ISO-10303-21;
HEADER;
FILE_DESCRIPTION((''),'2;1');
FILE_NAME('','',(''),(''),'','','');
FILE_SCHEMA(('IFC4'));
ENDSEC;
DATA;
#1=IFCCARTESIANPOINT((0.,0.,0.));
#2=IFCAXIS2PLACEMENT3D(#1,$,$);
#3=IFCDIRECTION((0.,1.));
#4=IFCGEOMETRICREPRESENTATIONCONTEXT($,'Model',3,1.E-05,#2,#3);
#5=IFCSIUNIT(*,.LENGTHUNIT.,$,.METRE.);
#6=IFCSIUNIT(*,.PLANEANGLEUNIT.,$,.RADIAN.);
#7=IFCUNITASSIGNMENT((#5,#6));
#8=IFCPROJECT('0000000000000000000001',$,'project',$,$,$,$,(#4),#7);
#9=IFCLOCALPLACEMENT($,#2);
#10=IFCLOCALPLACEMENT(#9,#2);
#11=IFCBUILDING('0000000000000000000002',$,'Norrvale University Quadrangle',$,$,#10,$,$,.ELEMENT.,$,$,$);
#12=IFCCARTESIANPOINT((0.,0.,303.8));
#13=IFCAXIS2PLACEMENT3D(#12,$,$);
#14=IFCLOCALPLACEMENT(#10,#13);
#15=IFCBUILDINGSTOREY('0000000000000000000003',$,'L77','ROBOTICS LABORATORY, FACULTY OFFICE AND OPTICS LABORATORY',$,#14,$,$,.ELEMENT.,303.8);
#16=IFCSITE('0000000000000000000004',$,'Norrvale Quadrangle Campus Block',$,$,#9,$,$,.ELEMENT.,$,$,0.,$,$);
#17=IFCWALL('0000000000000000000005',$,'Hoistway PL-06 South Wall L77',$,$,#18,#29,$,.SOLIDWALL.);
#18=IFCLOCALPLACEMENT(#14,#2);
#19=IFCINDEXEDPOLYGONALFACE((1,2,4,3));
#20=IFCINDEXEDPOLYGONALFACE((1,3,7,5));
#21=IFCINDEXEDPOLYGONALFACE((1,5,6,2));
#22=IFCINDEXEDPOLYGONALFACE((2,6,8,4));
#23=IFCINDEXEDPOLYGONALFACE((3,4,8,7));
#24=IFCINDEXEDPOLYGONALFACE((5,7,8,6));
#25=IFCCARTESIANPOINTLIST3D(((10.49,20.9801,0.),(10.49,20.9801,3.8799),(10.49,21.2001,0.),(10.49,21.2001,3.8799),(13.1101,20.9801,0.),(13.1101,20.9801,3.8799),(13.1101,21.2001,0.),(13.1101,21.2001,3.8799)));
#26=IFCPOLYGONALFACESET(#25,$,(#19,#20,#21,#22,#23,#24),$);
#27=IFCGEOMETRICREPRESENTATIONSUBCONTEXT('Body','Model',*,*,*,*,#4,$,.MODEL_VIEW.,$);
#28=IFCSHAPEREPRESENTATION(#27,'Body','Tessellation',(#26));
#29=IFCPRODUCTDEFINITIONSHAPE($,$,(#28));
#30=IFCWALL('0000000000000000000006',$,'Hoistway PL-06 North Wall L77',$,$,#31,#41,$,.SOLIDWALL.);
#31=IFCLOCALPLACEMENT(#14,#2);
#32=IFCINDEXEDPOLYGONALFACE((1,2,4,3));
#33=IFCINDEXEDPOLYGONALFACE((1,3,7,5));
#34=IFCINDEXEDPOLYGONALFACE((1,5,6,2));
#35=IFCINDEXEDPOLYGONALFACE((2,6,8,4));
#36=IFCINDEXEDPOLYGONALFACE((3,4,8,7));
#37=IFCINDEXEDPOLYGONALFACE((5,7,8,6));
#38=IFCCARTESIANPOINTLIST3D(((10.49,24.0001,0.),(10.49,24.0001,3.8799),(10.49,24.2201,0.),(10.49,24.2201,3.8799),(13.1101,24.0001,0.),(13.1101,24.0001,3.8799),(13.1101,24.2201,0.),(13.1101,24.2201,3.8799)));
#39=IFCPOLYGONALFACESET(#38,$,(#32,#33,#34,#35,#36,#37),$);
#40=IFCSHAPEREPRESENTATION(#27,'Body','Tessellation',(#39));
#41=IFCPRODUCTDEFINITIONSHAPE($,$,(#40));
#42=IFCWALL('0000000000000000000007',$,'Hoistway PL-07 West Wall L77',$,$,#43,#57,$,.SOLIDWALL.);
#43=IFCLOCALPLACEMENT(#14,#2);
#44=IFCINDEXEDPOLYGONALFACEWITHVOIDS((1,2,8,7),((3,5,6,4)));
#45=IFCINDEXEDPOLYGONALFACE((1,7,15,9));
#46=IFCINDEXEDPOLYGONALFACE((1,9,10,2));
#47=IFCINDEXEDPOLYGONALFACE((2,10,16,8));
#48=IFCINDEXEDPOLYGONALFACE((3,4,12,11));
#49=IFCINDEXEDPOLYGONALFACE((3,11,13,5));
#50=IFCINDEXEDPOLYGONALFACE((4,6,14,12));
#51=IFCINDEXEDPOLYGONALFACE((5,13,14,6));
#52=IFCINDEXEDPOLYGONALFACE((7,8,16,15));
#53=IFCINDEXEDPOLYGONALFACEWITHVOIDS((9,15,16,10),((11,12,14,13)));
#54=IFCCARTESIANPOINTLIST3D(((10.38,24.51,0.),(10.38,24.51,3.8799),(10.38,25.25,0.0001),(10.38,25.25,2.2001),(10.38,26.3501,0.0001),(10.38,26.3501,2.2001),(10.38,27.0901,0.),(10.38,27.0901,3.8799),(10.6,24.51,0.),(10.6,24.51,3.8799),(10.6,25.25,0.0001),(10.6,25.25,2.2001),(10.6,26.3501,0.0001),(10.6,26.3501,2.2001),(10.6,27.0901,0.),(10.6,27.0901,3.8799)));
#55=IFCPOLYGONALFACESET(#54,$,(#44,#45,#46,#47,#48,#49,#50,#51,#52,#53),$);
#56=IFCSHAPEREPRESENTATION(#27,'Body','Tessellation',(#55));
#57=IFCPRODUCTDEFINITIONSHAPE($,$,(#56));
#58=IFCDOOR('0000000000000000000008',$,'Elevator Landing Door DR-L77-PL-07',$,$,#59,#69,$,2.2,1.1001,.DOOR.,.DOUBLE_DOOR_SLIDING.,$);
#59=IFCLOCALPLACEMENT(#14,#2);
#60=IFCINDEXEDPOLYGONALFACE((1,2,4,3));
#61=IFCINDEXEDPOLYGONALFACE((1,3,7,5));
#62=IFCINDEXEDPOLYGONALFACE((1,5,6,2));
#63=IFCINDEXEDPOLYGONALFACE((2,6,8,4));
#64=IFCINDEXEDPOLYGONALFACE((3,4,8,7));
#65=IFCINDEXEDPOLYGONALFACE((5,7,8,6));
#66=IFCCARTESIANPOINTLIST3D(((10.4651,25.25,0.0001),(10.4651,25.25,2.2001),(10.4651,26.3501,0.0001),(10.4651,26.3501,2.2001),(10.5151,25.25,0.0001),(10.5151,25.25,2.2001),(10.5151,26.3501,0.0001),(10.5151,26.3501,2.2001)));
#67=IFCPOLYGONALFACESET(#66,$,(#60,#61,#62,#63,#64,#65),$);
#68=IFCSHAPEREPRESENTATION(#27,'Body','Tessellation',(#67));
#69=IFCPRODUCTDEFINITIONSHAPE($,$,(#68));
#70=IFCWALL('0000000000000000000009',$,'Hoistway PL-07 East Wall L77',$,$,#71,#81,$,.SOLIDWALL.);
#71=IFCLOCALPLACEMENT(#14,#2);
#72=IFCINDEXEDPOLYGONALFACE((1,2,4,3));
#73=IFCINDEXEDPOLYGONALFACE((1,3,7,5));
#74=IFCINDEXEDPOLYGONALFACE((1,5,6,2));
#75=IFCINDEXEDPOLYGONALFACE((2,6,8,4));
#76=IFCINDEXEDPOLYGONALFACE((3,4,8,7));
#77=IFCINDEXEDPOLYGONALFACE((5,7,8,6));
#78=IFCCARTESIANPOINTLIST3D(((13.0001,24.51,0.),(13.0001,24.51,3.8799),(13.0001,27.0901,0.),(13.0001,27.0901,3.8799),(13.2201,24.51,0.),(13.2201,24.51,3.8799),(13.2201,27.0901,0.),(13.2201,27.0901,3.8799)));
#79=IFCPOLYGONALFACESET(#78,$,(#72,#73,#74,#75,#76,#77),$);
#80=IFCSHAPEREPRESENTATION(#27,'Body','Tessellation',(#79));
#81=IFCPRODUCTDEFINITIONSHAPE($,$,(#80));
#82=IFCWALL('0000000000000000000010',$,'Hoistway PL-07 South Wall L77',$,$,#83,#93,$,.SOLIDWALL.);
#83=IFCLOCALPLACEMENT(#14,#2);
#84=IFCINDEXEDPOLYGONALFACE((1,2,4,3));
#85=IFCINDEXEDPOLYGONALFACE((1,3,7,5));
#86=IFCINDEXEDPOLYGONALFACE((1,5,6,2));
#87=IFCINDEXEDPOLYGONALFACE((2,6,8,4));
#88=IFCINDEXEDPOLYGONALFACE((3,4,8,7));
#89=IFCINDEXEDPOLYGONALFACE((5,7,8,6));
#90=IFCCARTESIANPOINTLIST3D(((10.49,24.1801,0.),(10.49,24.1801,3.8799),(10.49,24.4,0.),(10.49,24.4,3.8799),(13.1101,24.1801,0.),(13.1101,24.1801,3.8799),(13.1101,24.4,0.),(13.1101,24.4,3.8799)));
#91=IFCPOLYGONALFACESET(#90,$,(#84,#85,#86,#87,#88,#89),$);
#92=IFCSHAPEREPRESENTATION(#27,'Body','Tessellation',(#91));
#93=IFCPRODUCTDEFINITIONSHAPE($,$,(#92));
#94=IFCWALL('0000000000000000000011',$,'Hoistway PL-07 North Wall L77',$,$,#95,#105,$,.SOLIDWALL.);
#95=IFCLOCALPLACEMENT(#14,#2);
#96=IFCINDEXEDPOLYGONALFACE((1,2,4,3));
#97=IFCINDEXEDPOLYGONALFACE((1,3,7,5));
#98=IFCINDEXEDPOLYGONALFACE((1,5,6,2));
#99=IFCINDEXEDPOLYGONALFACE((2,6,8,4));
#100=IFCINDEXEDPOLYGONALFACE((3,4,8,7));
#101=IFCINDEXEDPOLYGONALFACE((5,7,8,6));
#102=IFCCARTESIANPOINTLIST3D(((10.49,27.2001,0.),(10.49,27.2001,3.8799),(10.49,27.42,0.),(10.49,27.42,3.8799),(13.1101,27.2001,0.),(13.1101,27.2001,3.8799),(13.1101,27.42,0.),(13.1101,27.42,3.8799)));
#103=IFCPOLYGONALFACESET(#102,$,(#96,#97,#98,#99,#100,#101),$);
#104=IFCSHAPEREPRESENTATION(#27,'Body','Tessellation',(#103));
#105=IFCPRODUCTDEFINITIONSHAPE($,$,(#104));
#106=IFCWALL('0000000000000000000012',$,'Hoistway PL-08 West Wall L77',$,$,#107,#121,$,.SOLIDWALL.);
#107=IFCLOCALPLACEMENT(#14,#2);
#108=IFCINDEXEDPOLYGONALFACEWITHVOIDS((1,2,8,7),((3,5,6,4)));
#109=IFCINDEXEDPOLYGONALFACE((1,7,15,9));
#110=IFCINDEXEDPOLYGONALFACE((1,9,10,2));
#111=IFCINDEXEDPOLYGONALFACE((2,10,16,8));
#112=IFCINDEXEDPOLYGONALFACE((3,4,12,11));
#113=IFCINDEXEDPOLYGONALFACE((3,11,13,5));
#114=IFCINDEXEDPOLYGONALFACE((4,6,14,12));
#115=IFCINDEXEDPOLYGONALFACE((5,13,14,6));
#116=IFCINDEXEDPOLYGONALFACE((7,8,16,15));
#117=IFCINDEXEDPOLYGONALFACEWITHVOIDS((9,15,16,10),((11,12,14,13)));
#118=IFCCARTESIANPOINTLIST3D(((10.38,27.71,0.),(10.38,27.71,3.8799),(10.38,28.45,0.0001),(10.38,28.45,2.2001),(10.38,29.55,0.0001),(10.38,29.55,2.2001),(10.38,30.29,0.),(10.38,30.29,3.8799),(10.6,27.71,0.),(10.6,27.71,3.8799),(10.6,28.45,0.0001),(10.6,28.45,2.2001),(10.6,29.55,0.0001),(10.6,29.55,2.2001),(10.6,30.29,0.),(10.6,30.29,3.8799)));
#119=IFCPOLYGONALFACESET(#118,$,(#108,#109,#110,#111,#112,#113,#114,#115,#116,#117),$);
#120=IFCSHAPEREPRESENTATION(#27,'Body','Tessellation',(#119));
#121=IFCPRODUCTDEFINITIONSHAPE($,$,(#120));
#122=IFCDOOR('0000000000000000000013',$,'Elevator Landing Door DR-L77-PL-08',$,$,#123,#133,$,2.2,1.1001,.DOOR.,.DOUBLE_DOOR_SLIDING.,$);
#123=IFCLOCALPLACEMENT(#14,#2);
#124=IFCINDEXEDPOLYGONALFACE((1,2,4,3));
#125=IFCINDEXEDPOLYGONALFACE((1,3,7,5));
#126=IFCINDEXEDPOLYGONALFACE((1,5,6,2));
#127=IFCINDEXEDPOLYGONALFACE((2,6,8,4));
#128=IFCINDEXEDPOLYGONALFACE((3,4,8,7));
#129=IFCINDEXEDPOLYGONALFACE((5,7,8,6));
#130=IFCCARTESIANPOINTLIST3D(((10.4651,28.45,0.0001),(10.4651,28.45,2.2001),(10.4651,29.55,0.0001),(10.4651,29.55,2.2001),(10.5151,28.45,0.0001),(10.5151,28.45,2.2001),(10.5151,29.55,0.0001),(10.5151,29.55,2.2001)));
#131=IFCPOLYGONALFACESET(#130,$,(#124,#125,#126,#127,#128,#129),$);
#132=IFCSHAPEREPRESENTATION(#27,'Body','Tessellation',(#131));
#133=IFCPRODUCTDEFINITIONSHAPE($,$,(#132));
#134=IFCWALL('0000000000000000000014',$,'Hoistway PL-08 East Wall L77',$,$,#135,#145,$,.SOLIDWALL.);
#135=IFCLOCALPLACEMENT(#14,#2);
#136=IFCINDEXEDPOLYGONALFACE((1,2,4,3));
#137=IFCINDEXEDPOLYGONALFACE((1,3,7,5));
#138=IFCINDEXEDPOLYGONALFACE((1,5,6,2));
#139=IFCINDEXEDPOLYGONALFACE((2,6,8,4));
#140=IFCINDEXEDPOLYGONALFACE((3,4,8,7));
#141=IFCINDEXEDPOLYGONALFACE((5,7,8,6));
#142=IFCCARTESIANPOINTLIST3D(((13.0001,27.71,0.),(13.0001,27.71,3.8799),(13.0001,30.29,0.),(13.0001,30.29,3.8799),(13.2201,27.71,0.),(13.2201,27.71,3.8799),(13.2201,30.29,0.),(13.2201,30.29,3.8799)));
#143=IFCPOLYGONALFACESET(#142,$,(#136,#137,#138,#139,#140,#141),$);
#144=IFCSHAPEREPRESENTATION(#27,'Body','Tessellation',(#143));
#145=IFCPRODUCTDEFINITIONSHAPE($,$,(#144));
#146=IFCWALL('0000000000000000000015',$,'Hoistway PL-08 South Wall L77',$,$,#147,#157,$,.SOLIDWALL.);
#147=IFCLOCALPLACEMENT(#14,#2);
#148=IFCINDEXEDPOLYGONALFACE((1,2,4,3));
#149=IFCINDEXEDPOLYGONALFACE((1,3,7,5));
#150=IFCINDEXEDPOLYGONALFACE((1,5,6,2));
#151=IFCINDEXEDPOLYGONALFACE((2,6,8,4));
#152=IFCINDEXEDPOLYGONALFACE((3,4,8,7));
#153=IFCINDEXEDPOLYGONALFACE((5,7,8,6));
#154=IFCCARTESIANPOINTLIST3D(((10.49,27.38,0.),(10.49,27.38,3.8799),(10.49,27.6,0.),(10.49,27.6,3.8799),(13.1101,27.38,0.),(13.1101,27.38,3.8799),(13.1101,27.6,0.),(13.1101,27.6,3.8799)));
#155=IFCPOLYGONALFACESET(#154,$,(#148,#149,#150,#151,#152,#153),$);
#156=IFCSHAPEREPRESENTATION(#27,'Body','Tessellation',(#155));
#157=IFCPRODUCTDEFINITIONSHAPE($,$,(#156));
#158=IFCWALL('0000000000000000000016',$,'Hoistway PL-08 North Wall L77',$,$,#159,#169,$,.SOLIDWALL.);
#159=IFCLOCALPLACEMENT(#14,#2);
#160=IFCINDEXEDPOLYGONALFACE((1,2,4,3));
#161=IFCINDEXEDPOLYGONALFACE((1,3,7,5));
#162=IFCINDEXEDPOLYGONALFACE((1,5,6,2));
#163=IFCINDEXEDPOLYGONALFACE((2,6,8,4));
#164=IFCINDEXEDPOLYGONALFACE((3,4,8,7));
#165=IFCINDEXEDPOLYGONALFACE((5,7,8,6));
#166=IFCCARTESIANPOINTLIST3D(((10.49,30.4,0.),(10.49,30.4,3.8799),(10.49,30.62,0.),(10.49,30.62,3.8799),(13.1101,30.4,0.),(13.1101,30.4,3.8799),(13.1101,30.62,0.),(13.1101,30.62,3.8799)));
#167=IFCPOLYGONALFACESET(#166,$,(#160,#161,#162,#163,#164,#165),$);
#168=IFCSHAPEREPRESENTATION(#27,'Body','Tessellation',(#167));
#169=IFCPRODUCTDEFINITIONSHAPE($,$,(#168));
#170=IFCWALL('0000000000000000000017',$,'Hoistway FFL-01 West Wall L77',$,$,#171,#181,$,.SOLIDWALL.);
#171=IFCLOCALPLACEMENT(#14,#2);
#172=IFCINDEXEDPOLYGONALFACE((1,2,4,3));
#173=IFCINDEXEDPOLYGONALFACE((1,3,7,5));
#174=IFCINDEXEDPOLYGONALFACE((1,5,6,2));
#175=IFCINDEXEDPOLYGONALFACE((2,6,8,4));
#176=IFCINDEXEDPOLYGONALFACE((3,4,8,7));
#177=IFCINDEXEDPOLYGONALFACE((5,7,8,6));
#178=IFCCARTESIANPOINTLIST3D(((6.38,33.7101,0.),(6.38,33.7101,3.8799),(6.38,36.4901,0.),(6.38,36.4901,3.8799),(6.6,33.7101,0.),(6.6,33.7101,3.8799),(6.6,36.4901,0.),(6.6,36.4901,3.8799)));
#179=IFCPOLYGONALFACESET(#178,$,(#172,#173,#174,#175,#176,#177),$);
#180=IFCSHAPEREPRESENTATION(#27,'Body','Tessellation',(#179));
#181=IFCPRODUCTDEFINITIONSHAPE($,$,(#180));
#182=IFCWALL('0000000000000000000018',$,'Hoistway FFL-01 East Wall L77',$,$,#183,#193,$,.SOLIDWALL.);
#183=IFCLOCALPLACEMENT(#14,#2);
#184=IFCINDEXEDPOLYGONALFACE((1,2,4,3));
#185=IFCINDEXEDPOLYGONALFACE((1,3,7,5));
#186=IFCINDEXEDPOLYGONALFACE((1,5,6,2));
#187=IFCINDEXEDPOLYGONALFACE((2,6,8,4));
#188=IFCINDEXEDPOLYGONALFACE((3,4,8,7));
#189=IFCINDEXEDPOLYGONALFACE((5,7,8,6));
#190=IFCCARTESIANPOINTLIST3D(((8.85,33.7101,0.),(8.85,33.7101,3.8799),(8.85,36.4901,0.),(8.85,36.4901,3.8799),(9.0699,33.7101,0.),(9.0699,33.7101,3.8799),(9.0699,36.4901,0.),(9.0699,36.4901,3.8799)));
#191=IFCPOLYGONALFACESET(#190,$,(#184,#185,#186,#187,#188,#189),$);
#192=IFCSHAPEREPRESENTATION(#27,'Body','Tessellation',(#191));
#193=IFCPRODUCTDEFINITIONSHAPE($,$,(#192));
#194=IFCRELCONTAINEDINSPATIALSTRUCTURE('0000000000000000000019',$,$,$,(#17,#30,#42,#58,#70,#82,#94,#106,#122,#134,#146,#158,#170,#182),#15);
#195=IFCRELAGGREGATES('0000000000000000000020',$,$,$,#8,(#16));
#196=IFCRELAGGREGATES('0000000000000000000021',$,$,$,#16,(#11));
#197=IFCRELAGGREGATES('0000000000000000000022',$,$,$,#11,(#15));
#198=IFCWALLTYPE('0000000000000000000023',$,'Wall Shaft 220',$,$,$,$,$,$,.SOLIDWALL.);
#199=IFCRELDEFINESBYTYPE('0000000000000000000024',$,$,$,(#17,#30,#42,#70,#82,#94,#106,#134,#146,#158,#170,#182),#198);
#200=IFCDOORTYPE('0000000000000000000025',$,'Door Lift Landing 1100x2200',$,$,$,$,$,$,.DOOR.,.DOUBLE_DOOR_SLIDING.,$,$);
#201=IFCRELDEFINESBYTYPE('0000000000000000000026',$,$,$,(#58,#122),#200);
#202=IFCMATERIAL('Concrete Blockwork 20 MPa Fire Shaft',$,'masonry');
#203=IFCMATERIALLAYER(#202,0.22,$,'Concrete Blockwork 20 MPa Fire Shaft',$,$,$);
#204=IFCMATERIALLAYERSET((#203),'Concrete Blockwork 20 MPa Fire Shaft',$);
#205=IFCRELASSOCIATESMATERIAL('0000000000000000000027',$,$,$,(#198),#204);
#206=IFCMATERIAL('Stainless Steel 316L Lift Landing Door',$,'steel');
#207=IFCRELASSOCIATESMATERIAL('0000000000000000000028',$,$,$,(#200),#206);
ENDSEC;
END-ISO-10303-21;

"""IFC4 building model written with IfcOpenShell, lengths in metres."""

from ifc_helpers import new_model, si_unit, direction, frame, frame_2d, origin, place, context, subcontext, project, spatial, rectangle, extrude, material, layer, layer_set, type_object, element, fill, save


model = new_model("IFC4")

# Units and contexts
model_context = context("Model", 3, precision=1e-05, world=origin(), true_north=direction((0.0, 1.0)))
body_context = subcontext(model_context, "Body", "Model", "MODEL_VIEW")
ifc_project = project(units=[si_unit("LENGTHUNIT", "METRE"), si_unit("PLANEANGLEUNIT", "RADIAN")], contexts=[model_context])

# Site, building, storey
site_placement = place(None, origin())
site = spatial("IfcSite", under=ifc_project, at=site_placement, Name="Norrvale Quadrangle Campus Block", CompositionType="ELEMENT", RefElevation=0.0)
building_placement = place(site_placement, origin())
building = spatial("IfcBuilding", under=site, at=building_placement, Name="Norrvale University Quadrangle", CompositionType="ELEMENT")
storey_placement = place(building_placement, frame((0.0, 0.0, 303.8)))
storey = spatial("IfcBuildingStorey", under=building, at=storey_placement, Name="L77", Description="ROBOTICS LABORATORY, FACULTY OFFICE AND OPTICS LABORATORY", CompositionType="ELEMENT", Elevation=303.8)

# Shared definitions
ifc_material_1 = material(Name="Concrete Blockwork 20 MPa Fire Shaft", Category="masonry")
ifc_layer_1 = layer(ifc_material_1, 0.22, Name="Concrete Blockwork 20 MPa Fire Shaft")
ifc_layer_set_1 = layer_set([ifc_layer_1], Name="Concrete Blockwork 20 MPa Fire Shaft")
wall_type_1 = type_object("IfcWallType", Name="Wall Shaft 220", PredefinedType="SOLIDWALL", material=ifc_layer_set_1)

# Shared definitions
ifc_material_2 = material(Name="Stainless Steel 316L Lift Landing Door", Category="steel")
door_type_1 = type_object("IfcDoorType", Name="Door Lift Landing 1100x2200", OperationType="DOUBLE_DOOR_SLIDING", PredefinedType="DOOR", material=ifc_material_2)

# Walls
for number, where, z_axis, x_axis, name in (
    (1, (10.49, 21.0901, 0.0), (0.0, 0.0, 1.0), (1.0, 0.0, 0.0), "Hoistway PL-06 South Wall L77"),
    (2, (10.49, 24.1101, 0.0), (0.0, 0.0, 1.0), (1.0, 0.0, 0.0), "Hoistway PL-06 North Wall L77"),
):
    element("IfcWall", number, at=place(storey_placement, frame(where, z_axis=z_axis, x_axis=x_axis)), inside=storey, type_object=wall_type_1, Name=name, PredefinedType="SOLIDWALL", context=body_context, shape_type="SweptSolid", body=[
        extrude(rectangle(XDim=2.6201, YDim=0.22, at=frame_2d((1.3101, 0.0))), origin(), (0.0, 0.0, 1.0), 3.8799),
    ])

# Wall, opening, door
wall_1_placement = place(storey_placement, frame((10.49, 24.51, 0.0), z_axis=(0.0, 0.0, 1.0), x_axis=(0.0, 1.0, 0.0)))
wall_1 = element("IfcWall", 3, at=wall_1_placement, inside=storey, type_object=wall_type_1, Name="Hoistway PL-07 West Wall L77", PredefinedType="SOLIDWALL", context=body_context, shape_type="SweptSolid", body=[
    extrude(rectangle(XDim=2.5801, YDim=0.22, at=frame_2d((1.29, 0.0))), origin(), (0.0, 0.0, 1.0), 3.8799),
])
opening_1_placement = place(wall_1_placement, frame((0.74, 0.0, 0.0)))
opening_1 = element("IfcOpeningElement", 4, at=opening_1_placement, cuts=wall_1, PredefinedType="OPENING", context=body_context, shape_type="SweptSolid", body=[
    extrude(rectangle(XDim=1.1001, YDim=2.2, at=frame_2d((0.55, 1.1001))), frame((0.0, 0.1221, 0.0), z_axis=(0.0, -1.0, 0.0), x_axis=(1.0, 0.0, 0.0)), (0.0, 0.0, 1.0), 0.2439),
])
door_1_placement = place(opening_1_placement, origin())
door_1 = element("IfcDoor", 5, at=door_1_placement, inside=storey, type_object=door_type_1, Name="Elevator Landing Door DR-L77-PL-07", OperationType="DOUBLE_DOOR_SLIDING", OverallHeight=2.2, OverallWidth=1.1001, PredefinedType="DOOR", context=body_context, shape_type="SweptSolid", body=[
    extrude(rectangle(XDim=1.1001, YDim=2.2, at=frame_2d((0.55, 1.1001))), frame((0.0, 0.0249, 0.0), z_axis=(0.0, -1.0, 0.0), x_axis=(1.0, 0.0, 0.0)), (0.0, 0.0, 1.0), 0.05),
])
fill(opening_1, door_1)

# Walls
wall_2_placement = place(storey_placement, frame((13.1101, 24.51, 0.0), z_axis=(0.0, 0.0, 1.0), x_axis=(0.0, 1.0, 0.0)))
element("IfcWall", 6, at=wall_2_placement, inside=storey, type_object=wall_type_1, Name="Hoistway PL-07 East Wall L77", PredefinedType="SOLIDWALL", context=body_context, shape_type="SweptSolid", body=[
    extrude(rectangle(XDim=2.5801, YDim=0.22, at=frame_2d((1.29, 0.0))), origin(), (0.0, 0.0, 1.0), 3.8799),
])
for number, where, z_axis, x_axis, name in (
    (7, (10.49, 24.29, 0.0), (0.0, 0.0, 1.0), (1.0, 0.0, 0.0), "Hoistway PL-07 South Wall L77"),
    (8, (10.49, 27.3101, 0.0), (0.0, 0.0, 1.0), (1.0, 0.0, 0.0), "Hoistway PL-07 North Wall L77"),
):
    element("IfcWall", number, at=place(storey_placement, frame(where, z_axis=z_axis, x_axis=x_axis)), inside=storey, type_object=wall_type_1, Name=name, PredefinedType="SOLIDWALL", context=body_context, shape_type="SweptSolid", body=[
        extrude(rectangle(XDim=2.6201, YDim=0.22, at=frame_2d((1.3101, 0.0))), origin(), (0.0, 0.0, 1.0), 3.8799),
    ])

# Wall, opening, door
wall_3_placement = place(storey_placement, frame((10.49, 27.71, 0.0), z_axis=(0.0, 0.0, 1.0), x_axis=(0.0, 1.0, 0.0)))
wall_3 = element("IfcWall", 9, at=wall_3_placement, inside=storey, type_object=wall_type_1, Name="Hoistway PL-08 West Wall L77", PredefinedType="SOLIDWALL", context=body_context, shape_type="SweptSolid", body=[
    extrude(rectangle(XDim=2.5801, YDim=0.22, at=frame_2d((1.29, 0.0))), origin(), (0.0, 0.0, 1.0), 3.8799),
])
opening_2_placement = place(wall_3_placement, frame((0.74, 0.0, 0.0)))
opening_2 = element("IfcOpeningElement", 10, at=opening_2_placement, cuts=wall_3, PredefinedType="OPENING", context=body_context, shape_type="SweptSolid", body=[
    extrude(rectangle(XDim=1.1001, YDim=2.2, at=frame_2d((0.55, 1.1001))), frame((0.0, 0.1221, 0.0), z_axis=(0.0, -1.0, 0.0), x_axis=(1.0, 0.0, 0.0)), (0.0, 0.0, 1.0), 0.2439),
])
door_2_placement = place(opening_2_placement, origin())
door_2 = element("IfcDoor", 11, at=door_2_placement, inside=storey, type_object=door_type_1, Name="Elevator Landing Door DR-L77-PL-08", OperationType="DOUBLE_DOOR_SLIDING", OverallHeight=2.2, OverallWidth=1.1001, PredefinedType="DOOR", context=body_context, shape_type="SweptSolid", body=[
    extrude(rectangle(XDim=1.1001, YDim=2.2, at=frame_2d((0.55, 1.1001))), frame((0.0, 0.0249, 0.0), z_axis=(0.0, -1.0, 0.0), x_axis=(1.0, 0.0, 0.0)), (0.0, 0.0, 1.0), 0.05),
])
fill(opening_2, door_2)

# Walls
wall_4_placement = place(storey_placement, frame((13.1101, 27.71, 0.0), z_axis=(0.0, 0.0, 1.0), x_axis=(0.0, 1.0, 0.0)))
element("IfcWall", 12, at=wall_4_placement, inside=storey, type_object=wall_type_1, Name="Hoistway PL-08 East Wall L77", PredefinedType="SOLIDWALL", context=body_context, shape_type="SweptSolid", body=[
    extrude(rectangle(XDim=2.5801, YDim=0.22, at=frame_2d((1.29, 0.0))), origin(), (0.0, 0.0, 1.0), 3.8799),
])
for number, where, z_axis, x_axis, name in (
    (13, (10.49, 27.49, 0.0), (0.0, 0.0, 1.0), (1.0, 0.0, 0.0), "Hoistway PL-08 South Wall L77"),
    (14, (10.49, 30.51, 0.0), (0.0, 0.0, 1.0), (1.0, 0.0, 0.0), "Hoistway PL-08 North Wall L77"),
):
    element("IfcWall", number, at=place(storey_placement, frame(where, z_axis=z_axis, x_axis=x_axis)), inside=storey, type_object=wall_type_1, Name=name, PredefinedType="SOLIDWALL", context=body_context, shape_type="SweptSolid", body=[
        extrude(rectangle(XDim=2.6201, YDim=0.22, at=frame_2d((1.3101, 0.0))), origin(), (0.0, 0.0, 1.0), 3.8799),
    ])
for number, where, z_axis, x_axis, name in (
    (15, (6.49, 33.71, 0.0), (0.0, 0.0, 1.0), (0.0, 1.0, 0.0), "Hoistway FFL-01 West Wall L77"),
    (16, (8.96, 33.71, 0.0), (0.0, 0.0, 1.0), (0.0, 1.0, 0.0), "Hoistway FFL-01 East Wall L77"),
):
    element("IfcWall", number, at=place(storey_placement, frame(where, z_axis=z_axis, x_axis=x_axis)), inside=storey, type_object=wall_type_1, Name=name, PredefinedType="SOLIDWALL", context=body_context, shape_type="SweptSolid", body=[
        extrude(rectangle(XDim=2.78, YDim=0.22, at=frame_2d((1.3901, 0.0))), origin(), (0.0, 0.0, 1.0), 3.8799),
    ])

save(model, "model.ifc")
